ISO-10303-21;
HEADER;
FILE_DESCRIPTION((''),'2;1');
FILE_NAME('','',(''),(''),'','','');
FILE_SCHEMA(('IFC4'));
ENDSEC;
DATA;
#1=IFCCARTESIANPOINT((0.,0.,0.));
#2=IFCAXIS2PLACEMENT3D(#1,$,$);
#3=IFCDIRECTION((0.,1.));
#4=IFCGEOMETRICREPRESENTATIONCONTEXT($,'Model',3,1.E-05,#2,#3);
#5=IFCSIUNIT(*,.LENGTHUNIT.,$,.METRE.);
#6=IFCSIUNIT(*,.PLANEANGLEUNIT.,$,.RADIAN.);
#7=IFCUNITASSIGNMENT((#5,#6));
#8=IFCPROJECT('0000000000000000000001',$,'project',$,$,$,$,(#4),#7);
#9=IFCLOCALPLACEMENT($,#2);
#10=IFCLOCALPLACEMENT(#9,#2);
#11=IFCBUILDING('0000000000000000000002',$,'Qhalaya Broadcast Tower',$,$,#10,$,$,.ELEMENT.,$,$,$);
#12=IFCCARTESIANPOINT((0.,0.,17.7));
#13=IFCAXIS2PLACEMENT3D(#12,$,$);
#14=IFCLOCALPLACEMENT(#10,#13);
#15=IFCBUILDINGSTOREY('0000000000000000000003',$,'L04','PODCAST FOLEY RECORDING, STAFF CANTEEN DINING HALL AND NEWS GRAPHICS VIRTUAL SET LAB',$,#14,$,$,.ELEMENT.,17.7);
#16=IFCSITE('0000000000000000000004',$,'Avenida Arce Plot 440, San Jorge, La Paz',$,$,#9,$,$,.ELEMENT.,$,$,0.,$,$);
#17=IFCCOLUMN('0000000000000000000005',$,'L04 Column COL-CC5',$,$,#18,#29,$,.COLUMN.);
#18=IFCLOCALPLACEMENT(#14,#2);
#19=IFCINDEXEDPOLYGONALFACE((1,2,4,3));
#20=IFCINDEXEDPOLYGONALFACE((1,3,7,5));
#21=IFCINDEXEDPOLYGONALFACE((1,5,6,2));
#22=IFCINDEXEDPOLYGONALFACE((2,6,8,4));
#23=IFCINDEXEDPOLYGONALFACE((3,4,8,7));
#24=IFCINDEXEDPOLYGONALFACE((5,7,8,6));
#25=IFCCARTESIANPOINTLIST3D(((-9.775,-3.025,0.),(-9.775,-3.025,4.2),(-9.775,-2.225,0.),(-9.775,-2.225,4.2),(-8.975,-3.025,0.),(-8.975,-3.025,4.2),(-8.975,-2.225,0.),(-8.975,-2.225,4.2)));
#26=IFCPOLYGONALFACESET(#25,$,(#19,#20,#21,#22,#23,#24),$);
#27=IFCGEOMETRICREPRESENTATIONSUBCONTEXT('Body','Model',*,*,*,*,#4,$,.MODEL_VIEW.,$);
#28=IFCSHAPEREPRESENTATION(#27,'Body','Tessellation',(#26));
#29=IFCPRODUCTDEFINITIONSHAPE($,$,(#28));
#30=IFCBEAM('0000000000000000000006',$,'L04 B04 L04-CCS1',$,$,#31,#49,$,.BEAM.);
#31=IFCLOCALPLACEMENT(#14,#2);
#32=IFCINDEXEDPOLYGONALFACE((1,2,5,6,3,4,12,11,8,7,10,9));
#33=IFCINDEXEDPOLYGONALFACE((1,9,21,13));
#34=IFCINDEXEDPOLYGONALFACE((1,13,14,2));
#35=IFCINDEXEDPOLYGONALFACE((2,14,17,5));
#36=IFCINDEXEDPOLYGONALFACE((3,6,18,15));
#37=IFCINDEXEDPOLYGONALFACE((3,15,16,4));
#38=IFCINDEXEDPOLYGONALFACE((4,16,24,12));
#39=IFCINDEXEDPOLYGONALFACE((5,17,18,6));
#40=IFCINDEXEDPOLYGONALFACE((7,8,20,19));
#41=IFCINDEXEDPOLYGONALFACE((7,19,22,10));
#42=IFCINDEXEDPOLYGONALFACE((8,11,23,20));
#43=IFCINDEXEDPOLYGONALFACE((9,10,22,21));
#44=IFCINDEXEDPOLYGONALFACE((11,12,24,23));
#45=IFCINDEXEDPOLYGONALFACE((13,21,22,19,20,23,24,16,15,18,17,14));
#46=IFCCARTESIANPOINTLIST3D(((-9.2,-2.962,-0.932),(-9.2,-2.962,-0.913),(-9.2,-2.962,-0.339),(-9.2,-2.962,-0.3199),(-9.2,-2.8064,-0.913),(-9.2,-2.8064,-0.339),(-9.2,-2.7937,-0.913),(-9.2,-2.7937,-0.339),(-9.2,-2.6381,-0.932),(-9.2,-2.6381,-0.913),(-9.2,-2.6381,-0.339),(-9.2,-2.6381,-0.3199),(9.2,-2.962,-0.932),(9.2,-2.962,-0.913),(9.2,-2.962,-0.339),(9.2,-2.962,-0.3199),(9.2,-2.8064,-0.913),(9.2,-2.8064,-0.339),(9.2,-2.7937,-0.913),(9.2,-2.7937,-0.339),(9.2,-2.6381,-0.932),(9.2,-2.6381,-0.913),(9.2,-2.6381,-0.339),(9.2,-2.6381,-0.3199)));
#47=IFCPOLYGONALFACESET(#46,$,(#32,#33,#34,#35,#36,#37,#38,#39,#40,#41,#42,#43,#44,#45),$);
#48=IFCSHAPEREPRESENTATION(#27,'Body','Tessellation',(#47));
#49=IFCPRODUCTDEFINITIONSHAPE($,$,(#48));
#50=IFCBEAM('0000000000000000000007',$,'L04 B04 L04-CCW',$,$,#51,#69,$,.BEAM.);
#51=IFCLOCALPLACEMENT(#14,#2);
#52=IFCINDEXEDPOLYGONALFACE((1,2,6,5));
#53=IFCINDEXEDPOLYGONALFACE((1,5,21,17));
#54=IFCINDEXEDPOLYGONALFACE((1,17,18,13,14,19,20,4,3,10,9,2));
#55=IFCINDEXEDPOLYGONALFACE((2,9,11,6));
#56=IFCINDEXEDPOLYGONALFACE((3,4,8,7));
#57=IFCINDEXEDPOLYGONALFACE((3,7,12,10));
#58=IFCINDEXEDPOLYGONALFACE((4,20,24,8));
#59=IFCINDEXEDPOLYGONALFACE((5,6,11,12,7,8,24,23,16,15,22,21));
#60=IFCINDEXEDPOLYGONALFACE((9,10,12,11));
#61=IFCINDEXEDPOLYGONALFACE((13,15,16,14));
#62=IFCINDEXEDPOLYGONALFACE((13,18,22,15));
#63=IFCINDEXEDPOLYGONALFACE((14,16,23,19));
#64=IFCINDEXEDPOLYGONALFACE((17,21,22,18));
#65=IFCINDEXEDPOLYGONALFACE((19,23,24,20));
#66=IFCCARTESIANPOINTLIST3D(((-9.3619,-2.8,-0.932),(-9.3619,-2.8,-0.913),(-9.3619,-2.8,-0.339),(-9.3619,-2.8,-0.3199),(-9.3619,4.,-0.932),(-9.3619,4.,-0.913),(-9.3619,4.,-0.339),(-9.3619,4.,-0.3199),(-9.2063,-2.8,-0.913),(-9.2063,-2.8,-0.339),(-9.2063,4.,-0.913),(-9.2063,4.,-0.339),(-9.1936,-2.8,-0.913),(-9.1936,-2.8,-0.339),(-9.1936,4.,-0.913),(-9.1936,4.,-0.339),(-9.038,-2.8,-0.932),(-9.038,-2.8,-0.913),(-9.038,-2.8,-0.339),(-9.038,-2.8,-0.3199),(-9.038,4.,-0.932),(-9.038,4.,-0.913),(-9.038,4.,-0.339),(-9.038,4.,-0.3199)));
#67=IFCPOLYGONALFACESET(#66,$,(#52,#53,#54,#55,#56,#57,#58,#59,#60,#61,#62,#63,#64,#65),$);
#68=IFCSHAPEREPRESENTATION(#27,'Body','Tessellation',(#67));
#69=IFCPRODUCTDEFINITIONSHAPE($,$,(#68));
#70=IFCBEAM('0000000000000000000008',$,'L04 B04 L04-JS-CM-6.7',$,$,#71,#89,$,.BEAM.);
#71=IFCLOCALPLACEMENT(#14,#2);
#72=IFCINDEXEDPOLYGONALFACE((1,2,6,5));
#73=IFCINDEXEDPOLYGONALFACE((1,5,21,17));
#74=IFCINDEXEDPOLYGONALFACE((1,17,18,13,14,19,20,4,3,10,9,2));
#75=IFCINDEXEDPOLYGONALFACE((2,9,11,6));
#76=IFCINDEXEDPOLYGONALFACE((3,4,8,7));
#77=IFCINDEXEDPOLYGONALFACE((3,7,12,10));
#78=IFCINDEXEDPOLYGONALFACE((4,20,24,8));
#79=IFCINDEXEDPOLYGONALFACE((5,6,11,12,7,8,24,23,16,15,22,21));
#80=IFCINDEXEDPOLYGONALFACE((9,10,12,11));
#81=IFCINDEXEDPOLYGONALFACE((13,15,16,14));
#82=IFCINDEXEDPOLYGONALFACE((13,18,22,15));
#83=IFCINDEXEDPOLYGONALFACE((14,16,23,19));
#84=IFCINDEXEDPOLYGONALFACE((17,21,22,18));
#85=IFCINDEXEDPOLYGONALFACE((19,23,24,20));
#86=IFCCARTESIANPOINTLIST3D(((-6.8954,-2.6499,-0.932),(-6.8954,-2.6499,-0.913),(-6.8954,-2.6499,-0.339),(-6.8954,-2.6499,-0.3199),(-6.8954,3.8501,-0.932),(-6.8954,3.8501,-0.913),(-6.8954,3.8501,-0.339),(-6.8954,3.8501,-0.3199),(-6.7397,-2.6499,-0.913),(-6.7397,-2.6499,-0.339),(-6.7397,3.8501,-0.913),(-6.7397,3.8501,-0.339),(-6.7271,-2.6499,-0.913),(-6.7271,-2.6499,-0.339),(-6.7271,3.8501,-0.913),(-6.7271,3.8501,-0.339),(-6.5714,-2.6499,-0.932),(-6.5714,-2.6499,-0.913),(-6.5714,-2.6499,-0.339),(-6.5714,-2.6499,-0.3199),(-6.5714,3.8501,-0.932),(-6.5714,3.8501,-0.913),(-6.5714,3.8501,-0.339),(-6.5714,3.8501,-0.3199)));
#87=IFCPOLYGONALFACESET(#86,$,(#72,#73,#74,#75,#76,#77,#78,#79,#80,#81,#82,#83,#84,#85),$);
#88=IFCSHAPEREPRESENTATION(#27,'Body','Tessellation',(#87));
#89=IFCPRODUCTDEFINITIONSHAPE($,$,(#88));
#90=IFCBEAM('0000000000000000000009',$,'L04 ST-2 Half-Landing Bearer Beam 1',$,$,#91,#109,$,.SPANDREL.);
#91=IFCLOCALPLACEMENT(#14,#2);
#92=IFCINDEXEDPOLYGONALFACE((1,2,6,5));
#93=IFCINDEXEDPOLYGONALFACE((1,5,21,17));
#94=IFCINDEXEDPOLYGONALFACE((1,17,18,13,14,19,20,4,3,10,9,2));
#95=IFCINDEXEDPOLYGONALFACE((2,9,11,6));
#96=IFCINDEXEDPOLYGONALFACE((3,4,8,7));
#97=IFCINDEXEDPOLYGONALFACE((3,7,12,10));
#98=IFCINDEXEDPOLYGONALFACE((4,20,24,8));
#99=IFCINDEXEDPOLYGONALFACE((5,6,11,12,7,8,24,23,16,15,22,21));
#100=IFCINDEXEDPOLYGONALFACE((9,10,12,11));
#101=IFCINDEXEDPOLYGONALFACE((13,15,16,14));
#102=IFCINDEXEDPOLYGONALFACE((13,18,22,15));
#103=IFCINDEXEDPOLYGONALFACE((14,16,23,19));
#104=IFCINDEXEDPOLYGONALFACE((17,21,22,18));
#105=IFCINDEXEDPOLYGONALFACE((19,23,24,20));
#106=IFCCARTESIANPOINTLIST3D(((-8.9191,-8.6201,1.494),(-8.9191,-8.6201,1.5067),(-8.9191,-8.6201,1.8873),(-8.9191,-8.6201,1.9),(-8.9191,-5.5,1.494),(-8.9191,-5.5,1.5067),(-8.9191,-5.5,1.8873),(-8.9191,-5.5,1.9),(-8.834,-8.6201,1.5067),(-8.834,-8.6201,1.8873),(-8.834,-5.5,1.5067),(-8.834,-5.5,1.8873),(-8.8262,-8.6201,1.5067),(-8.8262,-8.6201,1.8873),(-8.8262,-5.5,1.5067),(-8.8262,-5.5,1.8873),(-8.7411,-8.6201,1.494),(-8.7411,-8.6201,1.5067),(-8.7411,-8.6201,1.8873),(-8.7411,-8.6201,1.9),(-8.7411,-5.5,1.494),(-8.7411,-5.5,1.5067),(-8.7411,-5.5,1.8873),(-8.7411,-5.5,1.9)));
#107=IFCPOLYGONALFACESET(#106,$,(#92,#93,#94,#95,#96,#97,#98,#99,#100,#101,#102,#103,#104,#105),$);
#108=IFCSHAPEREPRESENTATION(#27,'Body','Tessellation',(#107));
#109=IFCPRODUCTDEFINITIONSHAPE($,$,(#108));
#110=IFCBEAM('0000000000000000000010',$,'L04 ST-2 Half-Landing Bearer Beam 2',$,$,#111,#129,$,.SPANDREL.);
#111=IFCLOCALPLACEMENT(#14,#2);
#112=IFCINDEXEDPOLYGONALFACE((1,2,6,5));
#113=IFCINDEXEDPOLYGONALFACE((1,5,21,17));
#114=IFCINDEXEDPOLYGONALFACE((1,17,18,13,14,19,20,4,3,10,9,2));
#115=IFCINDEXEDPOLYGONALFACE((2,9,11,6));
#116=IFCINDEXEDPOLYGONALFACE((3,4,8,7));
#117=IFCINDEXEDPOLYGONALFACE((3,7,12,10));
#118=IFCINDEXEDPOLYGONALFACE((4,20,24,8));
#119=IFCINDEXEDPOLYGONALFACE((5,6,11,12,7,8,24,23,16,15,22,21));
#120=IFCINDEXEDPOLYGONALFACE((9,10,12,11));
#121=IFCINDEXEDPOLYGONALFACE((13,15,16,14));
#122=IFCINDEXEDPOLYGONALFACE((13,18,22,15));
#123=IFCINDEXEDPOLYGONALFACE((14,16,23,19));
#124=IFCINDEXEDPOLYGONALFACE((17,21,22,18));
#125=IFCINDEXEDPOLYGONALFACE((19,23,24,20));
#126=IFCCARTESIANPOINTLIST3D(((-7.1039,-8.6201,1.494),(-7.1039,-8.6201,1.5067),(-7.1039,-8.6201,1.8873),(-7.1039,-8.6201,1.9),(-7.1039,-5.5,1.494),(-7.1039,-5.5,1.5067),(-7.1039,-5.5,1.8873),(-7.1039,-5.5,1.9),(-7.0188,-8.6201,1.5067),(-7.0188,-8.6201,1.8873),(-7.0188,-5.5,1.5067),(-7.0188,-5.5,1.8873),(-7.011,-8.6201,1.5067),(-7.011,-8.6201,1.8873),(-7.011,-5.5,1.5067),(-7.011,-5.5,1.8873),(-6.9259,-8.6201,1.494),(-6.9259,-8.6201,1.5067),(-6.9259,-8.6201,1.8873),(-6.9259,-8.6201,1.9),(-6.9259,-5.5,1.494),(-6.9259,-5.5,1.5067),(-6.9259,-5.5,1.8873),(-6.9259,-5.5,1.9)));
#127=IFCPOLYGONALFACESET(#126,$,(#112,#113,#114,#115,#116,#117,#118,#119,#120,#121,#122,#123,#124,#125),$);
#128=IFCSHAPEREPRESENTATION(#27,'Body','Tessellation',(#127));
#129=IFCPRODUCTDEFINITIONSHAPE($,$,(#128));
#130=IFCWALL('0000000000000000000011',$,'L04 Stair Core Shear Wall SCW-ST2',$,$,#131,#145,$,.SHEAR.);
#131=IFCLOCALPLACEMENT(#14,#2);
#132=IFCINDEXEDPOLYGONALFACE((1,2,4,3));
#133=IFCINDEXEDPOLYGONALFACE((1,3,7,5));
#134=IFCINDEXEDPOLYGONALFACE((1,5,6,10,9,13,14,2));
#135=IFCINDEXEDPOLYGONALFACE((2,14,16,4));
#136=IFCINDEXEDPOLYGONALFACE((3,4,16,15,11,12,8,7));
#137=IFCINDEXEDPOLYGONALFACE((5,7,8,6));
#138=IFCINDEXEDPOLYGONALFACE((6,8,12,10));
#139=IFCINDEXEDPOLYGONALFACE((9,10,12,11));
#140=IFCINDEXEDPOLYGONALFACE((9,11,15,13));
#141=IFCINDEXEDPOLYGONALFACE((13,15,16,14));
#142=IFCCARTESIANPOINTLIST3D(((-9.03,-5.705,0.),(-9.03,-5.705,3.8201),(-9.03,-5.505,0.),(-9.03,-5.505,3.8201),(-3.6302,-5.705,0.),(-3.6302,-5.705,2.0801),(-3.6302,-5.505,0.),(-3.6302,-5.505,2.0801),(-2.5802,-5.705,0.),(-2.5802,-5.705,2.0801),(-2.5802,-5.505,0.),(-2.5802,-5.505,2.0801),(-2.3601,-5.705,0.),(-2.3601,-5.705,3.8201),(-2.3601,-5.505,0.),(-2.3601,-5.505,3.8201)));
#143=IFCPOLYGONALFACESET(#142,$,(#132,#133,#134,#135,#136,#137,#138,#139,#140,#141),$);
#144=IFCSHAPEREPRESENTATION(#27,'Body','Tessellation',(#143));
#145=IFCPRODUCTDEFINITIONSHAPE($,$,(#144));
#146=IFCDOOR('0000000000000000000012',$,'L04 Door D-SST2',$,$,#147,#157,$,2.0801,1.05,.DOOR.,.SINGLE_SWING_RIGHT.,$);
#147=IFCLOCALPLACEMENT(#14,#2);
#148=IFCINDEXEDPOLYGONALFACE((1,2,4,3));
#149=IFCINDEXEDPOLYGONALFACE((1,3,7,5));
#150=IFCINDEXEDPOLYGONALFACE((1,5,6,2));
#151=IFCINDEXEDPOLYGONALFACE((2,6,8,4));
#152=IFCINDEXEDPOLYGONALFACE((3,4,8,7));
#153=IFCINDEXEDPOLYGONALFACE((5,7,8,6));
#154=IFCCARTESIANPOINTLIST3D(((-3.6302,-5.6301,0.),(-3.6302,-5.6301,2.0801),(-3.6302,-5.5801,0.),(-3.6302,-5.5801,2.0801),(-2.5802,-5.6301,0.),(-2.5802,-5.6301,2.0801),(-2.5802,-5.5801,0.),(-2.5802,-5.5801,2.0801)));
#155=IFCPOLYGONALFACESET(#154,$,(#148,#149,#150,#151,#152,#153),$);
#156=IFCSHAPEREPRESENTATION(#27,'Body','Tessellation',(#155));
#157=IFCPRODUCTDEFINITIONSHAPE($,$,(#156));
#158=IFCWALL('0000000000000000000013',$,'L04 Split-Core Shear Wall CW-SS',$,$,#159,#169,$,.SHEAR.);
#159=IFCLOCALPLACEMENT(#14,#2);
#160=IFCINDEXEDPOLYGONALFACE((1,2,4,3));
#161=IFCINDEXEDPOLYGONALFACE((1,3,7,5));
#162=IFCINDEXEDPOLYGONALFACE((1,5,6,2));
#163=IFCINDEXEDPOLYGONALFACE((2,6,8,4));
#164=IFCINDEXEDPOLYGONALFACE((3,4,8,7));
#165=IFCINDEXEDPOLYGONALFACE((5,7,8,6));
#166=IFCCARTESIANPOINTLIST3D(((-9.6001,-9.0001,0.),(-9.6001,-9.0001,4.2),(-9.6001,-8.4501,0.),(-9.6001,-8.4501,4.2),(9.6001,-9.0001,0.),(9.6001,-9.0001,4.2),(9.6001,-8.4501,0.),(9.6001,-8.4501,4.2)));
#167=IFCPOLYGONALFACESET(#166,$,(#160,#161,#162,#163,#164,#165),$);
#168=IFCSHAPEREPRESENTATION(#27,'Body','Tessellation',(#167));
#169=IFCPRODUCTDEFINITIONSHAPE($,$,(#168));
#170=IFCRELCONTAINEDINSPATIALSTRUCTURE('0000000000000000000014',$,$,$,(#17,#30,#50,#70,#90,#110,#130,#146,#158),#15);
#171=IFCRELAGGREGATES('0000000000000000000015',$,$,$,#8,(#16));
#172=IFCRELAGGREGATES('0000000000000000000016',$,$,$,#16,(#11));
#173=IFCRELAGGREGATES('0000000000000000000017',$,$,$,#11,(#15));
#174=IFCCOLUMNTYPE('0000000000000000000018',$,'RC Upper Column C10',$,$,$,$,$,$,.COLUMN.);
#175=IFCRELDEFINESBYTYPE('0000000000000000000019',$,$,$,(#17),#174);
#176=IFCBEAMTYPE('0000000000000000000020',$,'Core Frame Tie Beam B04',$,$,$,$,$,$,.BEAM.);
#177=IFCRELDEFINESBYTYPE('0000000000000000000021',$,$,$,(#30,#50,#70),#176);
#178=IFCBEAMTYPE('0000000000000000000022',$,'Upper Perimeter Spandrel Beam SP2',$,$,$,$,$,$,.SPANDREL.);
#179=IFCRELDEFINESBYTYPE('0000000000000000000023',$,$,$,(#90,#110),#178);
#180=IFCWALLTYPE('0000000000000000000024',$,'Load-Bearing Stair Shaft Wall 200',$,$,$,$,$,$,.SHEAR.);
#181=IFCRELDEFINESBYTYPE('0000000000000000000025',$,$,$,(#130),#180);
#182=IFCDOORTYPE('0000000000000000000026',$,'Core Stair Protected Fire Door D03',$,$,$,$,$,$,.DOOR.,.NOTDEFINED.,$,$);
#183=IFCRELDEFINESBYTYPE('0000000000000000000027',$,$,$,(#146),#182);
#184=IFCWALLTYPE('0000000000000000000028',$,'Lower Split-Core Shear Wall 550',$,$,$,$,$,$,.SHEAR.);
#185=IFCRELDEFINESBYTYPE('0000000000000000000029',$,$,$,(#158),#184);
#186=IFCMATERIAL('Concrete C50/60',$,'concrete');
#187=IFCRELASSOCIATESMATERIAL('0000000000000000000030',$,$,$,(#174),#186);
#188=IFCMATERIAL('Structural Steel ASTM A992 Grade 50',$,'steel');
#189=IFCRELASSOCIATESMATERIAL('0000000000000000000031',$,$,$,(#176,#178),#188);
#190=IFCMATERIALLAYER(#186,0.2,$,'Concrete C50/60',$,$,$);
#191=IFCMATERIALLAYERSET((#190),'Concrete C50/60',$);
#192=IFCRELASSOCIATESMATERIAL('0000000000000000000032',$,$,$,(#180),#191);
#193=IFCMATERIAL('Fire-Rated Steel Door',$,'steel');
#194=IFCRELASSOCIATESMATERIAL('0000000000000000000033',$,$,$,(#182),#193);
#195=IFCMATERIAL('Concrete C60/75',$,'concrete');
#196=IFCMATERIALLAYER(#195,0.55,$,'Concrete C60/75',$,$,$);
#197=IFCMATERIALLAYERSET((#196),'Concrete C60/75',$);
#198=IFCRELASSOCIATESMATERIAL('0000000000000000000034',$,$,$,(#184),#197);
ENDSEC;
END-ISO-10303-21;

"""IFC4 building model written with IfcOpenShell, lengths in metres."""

from ifc_helpers import new_model, si_unit, direction, frame, frame_2d, origin, origin_2d, place, context, subcontext, project, spatial, rectangle, i_section, extrude, material, layer, layer_set, material_profile, profile_set, type_object, element, fill, save


model = new_model("IFC4")

# Units and contexts
model_context = context("Model", 3, precision=1e-05, world=origin(), true_north=direction((0.0, 1.0)))
body_context = subcontext(model_context, "Body", "Model", "MODEL_VIEW")
ifc_project = project(units=[si_unit("LENGTHUNIT", "METRE"), si_unit("PLANEANGLEUNIT", "RADIAN")], contexts=[model_context])

# Site, building, storey
site_placement = place(None, origin())
site = spatial("IfcSite", under=ifc_project, at=site_placement, Name="Avenida Arce Plot 440, San Jorge, La Paz", CompositionType="ELEMENT", RefElevation=0.0)
building_placement = place(site_placement, origin())
building = spatial("IfcBuilding", under=site, at=building_placement, Name="Qhalaya Broadcast Tower", CompositionType="ELEMENT")
storey_placement = place(building_placement, frame((0.0, 0.0, 17.7)))
storey = spatial("IfcBuildingStorey", under=building, at=storey_placement, Name="L04", Description="PODCAST FOLEY RECORDING, STAFF CANTEEN DINING HALL AND NEWS GRAPHICS VIRTUAL SET LAB", CompositionType="ELEMENT", Elevation=17.7)

# Column
ifc_material_1 = material(Name="Concrete C50/60", Category="concrete")
ifc_material_profile_1 = material_profile(ifc_material_1, rectangle(XDim=0.8, YDim=0.8, at=origin_2d()), Name="RC-COL 800x800")
ifc_profile_set_1 = profile_set([ifc_material_profile_1], Name="Concrete C50/60")
column_type = type_object("IfcColumnType", Name="RC Upper Column C10", PredefinedType="COLUMN", material=ifc_profile_set_1)
column_placement = place(storey_placement, frame((-9.375, -2.625, 0.0), z_axis=(0.0, 0.0, 1.0), x_axis=(1.0, 0.0, 0.0)))
element("IfcColumn", 1, at=column_placement, inside=storey, type_object=column_type, Name="L04 Column COL-CC5", PredefinedType="COLUMN", context=body_context, shape_type="SweptSolid", body=[
    extrude(rectangle(XDim=0.8, YDim=0.8, at=origin_2d()), origin(), (0.0, 0.0, 1.0), 4.2),
])

# Beams
ifc_material_2 = material(Name="Structural Steel ASTM A992 Grade 50", Category="steel")
ifc_material_profile_2 = material_profile(ifc_material_2, i_section(OverallWidth=0.324, OverallDepth=0.6121, WebThickness=0.0127, FlangeThickness=0.019, at=origin_2d()), Name="W24X104")
ifc_profile_set_2 = profile_set([ifc_material_profile_2], Name="Structural Steel ASTM A992 Grade 50")
beam_type_1 = type_object("IfcBeamType", Name="Core Frame Tie Beam B04", PredefinedType="BEAM", material=ifc_profile_set_2)
beam_1_placement = place(storey_placement, frame((-9.2, -2.8, -0.626), z_axis=(1.0, 0.0, 0.0), x_axis=(0.0, 1.0, 0.0)))
element("IfcBeam", 2, at=beam_1_placement, inside=storey, type_object=beam_type_1, Name="L04 B04 L04-CCS1", PredefinedType="BEAM", context=body_context, shape_type="SweptSolid", body=[
    extrude(i_section(OverallWidth=0.324, OverallDepth=0.6121, WebThickness=0.0127, FlangeThickness=0.019, at=origin_2d()), origin(), (0.0, 0.0, 1.0), 18.3999),
])
beam_2_placement = place(storey_placement, frame((-9.2, -2.8, -0.626), z_axis=(0.0, 1.0, 0.0), x_axis=(-1.0, 0.0, 0.0)))
element("IfcBeam", 3, at=beam_2_placement, inside=storey, type_object=beam_type_1, Name="L04 B04 L04-CCW", PredefinedType="BEAM", context=body_context, shape_type="SweptSolid", body=[
    extrude(i_section(OverallWidth=0.324, OverallDepth=0.6121, WebThickness=0.0127, FlangeThickness=0.019, at=origin_2d()), origin(), (0.0, 0.0, 1.0), 6.8),
])
beam_3_placement = place(storey_placement, frame((-6.7334, -2.6499, -0.626), z_axis=(0.0, 1.0, 0.0), x_axis=(-1.0, 0.0, 0.0)))
element("IfcBeam", 4, at=beam_3_placement, inside=storey, type_object=beam_type_1, Name="L04 B04 L04-JS-CM-6.7", PredefinedType="BEAM", context=body_context, shape_type="SweptSolid", body=[
    extrude(i_section(OverallWidth=0.324, OverallDepth=0.6121, WebThickness=0.0127, FlangeThickness=0.019, at=origin_2d()), origin(), (0.0, 0.0, 1.0), 6.5),
])
ifc_material_profile_3 = material_profile(ifc_material_2, i_section(OverallWidth=0.178, OverallDepth=0.406, WebThickness=0.0078, FlangeThickness=0.0127, at=origin_2d()), Name="W16X40")
ifc_profile_set_3 = profile_set([ifc_material_profile_3], Name="Structural Steel ASTM A992 Grade 50")
beam_type_2 = type_object("IfcBeamType", Name="Upper Perimeter Spandrel Beam SP2", PredefinedType="SPANDREL", material=ifc_profile_set_3)
for number, where, z_axis, x_axis, name in (
    (5, (-8.8301, -8.6201, 1.697), (0.0, 1.0, 0.0), (-1.0, 0.0, 0.0), "L04 ST-2 Half-Landing Bearer Beam 1"),
    (6, (-7.0149, -8.6201, 1.697), (0.0, 1.0, 0.0), (-1.0, 0.0, 0.0), "L04 ST-2 Half-Landing Bearer Beam 2"),
):
    element("IfcBeam", number, at=place(storey_placement, frame(where, z_axis=z_axis, x_axis=x_axis)), inside=storey, type_object=beam_type_2, Name=name, PredefinedType="SPANDREL", context=body_context, shape_type="SweptSolid", body=[
        extrude(i_section(OverallWidth=0.178, OverallDepth=0.406, WebThickness=0.0078, FlangeThickness=0.0127, at=origin_2d()), origin(), (0.0, 0.0, 1.0), 3.1201),
    ])

# Wall, opening, door
ifc_layer_1 = layer(ifc_material_1, 0.2, Name="Concrete C50/60")
ifc_layer_set_1 = layer_set([ifc_layer_1], Name="Concrete C50/60")
wall_type_1 = type_object("IfcWallType", Name="Load-Bearing Stair Shaft Wall 200", PredefinedType="SHEAR", material=ifc_layer_set_1)
wall_1_placement = place(storey_placement, frame((-9.03, -5.605, 0.0), z_axis=(0.0, 0.0, 1.0), x_axis=(1.0, 0.0, 0.0)))
wall_1 = element("IfcWall", 7, at=wall_1_placement, inside=storey, type_object=wall_type_1, Name="L04 Stair Core Shear Wall SCW-ST2", PredefinedType="SHEAR", context=body_context, shape_type="SweptSolid", body=[
    extrude(rectangle(XDim=6.6699, YDim=0.2, at=frame_2d((3.335, 0.0))), origin(), (0.0, 0.0, 1.0), 3.8201),
])
opening_1_placement = place(wall_1_placement, frame((5.3999, 0.0, 0.0)))
opening_1 = element("IfcOpeningElement", 8, at=opening_1_placement, cuts=wall_1, PredefinedType="OPENING", context=body_context, shape_type="SweptSolid", body=[
    extrude(rectangle(XDim=1.05, YDim=2.0801, at=frame_2d((0.5249, 1.04))), frame((0.0, 0.1121, 0.0), z_axis=(0.0, -1.0, 0.0), x_axis=(1.0, 0.0, 0.0)), (0.0, 0.0, 1.0), 0.2239),
])
ifc_material_3 = material(Name="Fire-Rated Steel Door", Category="steel")
door_type_1 = type_object("IfcDoorType", Name="Core Stair Protected Fire Door D03", OperationType="NOTDEFINED", PredefinedType="DOOR", material=ifc_material_3)
door_1_placement = place(opening_1_placement, origin())
door_1 = element("IfcDoor", 9, at=door_1_placement, inside=storey, type_object=door_type_1, Name="L04 Door D-SST2", OperationType="SINGLE_SWING_RIGHT", OverallHeight=2.0801, OverallWidth=1.05, PredefinedType="DOOR", context=body_context, shape_type="SweptSolid", body=[
    extrude(rectangle(XDim=1.05, YDim=2.0801, at=frame_2d((0.5249, 1.04))), frame((0.0, 0.0249, 0.0), z_axis=(0.0, -1.0, 0.0), x_axis=(1.0, 0.0, 0.0)), (0.0, 0.0, 1.0), 0.05),
])
fill(opening_1, door_1)

# Wall
ifc_material_4 = material(Name="Concrete C60/75", Category="concrete")
ifc_layer_2 = layer(ifc_material_4, 0.55, Name="Concrete C60/75")
ifc_layer_set_2 = layer_set([ifc_layer_2], Name="Concrete C60/75")
wall_type_2 = type_object("IfcWallType", Name="Lower Split-Core Shear Wall 550", PredefinedType="SHEAR", material=ifc_layer_set_2)
wall_2_placement = place(storey_placement, frame((-9.6001, -8.7251, 0.0), z_axis=(0.0, 0.0, 1.0), x_axis=(1.0, 0.0, 0.0)))
element("IfcWall", 10, at=wall_2_placement, inside=storey, type_object=wall_type_2, Name="L04 Split-Core Shear Wall CW-SS", PredefinedType="SHEAR", context=body_context, shape_type="SweptSolid", body=[
    extrude(rectangle(XDim=19.2002, YDim=0.55, at=frame_2d((9.6001, 0.0))), origin(), (0.0, 0.0, 1.0), 4.2),
])

save(model, "model.ifc")
